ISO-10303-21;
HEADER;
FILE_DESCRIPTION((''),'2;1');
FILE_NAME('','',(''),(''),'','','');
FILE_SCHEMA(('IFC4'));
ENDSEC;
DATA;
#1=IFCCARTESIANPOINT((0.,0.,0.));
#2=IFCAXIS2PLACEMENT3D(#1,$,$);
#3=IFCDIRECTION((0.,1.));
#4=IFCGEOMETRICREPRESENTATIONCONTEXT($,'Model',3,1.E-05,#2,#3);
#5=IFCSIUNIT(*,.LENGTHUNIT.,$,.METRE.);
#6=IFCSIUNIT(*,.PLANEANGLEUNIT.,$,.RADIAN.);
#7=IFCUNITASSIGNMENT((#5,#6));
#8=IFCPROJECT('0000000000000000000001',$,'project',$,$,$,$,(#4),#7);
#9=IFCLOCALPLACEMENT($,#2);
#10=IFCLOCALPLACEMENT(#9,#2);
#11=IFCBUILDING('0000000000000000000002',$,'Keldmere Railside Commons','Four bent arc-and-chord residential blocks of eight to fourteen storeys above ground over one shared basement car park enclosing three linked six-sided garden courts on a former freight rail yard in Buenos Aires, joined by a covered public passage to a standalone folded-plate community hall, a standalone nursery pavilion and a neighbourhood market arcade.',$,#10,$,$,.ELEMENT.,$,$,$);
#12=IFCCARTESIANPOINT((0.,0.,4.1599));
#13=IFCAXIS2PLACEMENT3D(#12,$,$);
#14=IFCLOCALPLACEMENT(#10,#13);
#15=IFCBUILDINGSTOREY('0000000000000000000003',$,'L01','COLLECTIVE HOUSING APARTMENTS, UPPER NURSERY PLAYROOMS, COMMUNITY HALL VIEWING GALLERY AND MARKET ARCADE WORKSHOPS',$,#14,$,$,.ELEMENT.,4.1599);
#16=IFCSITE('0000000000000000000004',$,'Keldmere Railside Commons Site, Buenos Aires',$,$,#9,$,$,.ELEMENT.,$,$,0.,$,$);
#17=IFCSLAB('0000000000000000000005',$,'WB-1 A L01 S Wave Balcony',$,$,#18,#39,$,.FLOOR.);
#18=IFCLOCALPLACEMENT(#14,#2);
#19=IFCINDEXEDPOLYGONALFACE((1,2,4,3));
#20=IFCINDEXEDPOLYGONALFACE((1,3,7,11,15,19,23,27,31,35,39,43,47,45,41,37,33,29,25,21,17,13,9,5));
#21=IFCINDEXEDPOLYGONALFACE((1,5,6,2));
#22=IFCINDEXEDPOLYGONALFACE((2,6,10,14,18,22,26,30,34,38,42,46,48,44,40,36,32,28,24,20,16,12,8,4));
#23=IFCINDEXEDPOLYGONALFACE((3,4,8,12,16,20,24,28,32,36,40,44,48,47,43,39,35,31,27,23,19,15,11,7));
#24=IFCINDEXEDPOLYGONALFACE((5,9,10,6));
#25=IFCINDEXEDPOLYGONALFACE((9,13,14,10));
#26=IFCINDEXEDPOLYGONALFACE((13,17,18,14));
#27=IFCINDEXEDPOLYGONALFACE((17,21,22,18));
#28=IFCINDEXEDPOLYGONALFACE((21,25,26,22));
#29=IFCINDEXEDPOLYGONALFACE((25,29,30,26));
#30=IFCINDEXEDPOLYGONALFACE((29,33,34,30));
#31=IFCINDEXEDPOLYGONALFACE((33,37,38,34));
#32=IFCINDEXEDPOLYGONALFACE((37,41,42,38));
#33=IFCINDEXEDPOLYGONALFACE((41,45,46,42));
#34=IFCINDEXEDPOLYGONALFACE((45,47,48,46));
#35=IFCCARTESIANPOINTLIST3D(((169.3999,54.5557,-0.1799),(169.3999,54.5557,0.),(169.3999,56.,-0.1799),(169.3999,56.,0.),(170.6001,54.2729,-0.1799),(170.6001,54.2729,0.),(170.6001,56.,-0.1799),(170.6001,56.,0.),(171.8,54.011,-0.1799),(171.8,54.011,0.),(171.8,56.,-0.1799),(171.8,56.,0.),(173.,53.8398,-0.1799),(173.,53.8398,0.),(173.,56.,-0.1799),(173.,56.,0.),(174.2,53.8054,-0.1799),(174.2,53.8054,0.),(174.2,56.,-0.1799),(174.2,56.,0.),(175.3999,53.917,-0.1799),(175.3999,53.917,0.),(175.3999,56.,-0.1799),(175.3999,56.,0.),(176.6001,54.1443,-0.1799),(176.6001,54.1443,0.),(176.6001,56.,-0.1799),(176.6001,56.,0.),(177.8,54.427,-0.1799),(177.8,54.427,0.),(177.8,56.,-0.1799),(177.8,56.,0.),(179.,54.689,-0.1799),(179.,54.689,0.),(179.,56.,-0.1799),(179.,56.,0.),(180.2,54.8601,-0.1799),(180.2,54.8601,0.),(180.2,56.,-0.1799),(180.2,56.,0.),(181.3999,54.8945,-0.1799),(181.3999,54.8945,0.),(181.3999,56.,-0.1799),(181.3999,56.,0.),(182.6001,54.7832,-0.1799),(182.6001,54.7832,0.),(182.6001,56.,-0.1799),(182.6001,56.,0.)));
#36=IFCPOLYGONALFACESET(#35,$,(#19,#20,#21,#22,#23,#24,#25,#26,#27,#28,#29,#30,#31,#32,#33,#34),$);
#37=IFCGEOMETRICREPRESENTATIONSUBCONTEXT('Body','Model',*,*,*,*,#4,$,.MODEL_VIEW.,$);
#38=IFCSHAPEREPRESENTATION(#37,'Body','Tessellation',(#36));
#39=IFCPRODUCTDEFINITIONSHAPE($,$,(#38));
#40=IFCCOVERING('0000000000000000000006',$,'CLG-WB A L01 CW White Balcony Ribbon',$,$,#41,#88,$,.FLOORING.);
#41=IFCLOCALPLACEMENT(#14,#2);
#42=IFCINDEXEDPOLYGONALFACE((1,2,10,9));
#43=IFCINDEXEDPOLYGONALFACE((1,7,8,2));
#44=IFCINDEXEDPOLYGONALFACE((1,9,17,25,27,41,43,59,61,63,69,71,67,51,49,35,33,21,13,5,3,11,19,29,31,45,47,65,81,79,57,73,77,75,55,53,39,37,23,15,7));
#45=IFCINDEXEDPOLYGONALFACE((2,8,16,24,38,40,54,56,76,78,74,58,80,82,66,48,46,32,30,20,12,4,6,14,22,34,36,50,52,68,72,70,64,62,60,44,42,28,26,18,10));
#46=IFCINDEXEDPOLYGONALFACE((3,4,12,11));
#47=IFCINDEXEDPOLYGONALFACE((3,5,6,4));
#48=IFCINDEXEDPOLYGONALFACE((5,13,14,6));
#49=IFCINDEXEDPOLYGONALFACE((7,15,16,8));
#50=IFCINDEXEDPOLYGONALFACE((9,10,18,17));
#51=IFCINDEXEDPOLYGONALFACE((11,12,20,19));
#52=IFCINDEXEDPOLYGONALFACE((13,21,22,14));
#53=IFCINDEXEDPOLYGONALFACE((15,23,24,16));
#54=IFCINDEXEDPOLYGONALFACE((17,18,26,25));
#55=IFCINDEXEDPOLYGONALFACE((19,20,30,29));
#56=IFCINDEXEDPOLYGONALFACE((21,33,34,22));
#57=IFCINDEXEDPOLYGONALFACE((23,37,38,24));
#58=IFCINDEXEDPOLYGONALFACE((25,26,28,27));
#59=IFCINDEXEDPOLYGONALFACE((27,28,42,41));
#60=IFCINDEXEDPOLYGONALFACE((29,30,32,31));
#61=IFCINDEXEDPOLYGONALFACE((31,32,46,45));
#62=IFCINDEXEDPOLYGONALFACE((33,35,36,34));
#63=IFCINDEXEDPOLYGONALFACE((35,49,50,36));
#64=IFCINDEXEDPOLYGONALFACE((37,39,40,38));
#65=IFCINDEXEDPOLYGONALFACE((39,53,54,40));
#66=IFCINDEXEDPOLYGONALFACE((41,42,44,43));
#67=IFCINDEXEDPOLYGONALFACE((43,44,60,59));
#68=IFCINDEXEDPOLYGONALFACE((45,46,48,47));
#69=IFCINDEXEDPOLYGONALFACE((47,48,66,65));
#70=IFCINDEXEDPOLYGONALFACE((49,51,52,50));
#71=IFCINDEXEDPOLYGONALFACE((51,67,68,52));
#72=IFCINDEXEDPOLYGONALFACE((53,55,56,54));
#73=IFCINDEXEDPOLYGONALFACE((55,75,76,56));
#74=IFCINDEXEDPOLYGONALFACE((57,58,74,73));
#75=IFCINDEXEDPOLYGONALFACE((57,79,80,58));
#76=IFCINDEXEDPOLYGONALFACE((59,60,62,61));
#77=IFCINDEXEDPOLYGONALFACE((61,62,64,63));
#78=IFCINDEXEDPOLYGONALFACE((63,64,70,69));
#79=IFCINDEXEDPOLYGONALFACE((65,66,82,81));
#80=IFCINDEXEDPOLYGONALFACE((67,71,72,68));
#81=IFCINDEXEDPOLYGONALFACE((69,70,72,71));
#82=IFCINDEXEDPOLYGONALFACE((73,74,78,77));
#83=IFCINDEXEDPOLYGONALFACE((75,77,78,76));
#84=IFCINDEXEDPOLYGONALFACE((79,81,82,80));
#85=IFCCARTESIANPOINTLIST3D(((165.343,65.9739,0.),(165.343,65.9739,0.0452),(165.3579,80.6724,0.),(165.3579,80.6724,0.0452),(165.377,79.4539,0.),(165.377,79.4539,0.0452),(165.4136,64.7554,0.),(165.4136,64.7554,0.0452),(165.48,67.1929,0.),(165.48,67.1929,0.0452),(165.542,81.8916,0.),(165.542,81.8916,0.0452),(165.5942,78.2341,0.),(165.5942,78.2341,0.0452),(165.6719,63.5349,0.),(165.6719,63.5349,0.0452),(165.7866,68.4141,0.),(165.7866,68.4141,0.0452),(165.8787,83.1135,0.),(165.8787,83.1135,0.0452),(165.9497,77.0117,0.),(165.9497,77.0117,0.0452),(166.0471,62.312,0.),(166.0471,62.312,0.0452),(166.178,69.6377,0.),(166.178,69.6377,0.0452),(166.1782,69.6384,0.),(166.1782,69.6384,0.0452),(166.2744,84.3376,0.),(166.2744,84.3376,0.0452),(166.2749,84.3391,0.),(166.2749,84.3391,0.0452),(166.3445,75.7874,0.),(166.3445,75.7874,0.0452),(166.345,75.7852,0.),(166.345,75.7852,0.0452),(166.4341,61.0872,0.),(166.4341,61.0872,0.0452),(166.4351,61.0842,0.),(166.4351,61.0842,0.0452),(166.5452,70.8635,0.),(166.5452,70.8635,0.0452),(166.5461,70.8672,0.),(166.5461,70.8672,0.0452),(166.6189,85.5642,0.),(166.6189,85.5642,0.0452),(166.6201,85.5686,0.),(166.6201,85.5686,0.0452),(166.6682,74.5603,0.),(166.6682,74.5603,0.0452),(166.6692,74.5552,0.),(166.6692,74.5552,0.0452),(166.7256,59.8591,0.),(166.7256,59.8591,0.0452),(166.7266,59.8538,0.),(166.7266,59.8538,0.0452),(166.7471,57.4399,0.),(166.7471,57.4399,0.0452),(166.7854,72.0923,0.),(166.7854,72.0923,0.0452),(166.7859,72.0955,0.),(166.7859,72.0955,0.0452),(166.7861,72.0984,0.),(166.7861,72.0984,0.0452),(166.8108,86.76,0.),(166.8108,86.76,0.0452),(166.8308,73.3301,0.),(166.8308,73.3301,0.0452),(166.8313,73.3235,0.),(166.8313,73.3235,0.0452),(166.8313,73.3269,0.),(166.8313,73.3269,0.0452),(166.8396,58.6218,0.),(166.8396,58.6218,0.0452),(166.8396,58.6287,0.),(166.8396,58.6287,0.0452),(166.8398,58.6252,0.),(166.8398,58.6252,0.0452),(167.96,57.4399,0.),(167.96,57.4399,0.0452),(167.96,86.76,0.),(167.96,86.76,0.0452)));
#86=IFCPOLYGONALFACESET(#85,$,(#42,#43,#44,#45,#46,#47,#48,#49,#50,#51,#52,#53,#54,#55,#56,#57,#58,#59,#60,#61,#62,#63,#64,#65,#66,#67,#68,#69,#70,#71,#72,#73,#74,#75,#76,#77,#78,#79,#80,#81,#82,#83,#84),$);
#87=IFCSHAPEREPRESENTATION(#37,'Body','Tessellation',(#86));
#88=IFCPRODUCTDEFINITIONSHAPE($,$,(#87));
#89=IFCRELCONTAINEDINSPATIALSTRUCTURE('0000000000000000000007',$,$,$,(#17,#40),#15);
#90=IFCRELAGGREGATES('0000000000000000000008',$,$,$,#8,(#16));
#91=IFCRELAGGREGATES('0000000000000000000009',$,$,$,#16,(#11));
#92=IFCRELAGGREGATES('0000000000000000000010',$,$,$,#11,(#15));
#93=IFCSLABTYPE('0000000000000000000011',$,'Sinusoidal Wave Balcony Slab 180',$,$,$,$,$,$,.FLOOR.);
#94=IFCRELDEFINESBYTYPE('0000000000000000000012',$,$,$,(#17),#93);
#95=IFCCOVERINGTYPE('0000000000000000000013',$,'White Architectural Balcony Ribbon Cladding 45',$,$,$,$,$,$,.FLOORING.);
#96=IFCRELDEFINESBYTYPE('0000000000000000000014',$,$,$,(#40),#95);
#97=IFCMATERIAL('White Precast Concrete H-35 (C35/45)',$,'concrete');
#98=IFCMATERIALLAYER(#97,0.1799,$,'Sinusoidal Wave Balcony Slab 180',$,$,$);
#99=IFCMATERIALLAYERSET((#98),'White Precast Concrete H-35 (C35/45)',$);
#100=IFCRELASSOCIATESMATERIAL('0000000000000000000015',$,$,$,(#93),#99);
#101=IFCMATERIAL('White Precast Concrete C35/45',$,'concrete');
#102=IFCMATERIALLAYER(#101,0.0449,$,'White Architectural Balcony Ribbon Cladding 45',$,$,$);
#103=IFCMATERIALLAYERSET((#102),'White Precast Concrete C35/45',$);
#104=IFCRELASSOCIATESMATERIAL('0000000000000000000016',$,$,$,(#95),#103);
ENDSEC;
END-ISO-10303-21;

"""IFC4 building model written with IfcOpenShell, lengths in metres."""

from ifc_helpers import new_model, si_unit, direction, frame, origin, place, context, subcontext, project, spatial, polyline, outline, extrude, material, layer, layer_set, type_object, element, save


model = new_model("IFC4")

# Units and contexts
model_context = context("Model", 3, precision=1e-05, world=origin(), true_north=direction((0.0, 1.0)))
body_context = subcontext(model_context, "Body", "Model", "MODEL_VIEW")
ifc_project = project(units=[si_unit("LENGTHUNIT", "METRE"), si_unit("PLANEANGLEUNIT", "RADIAN")], contexts=[model_context])

# Site, building, storey
site_placement = place(None, origin())
site = spatial("IfcSite", under=ifc_project, at=site_placement, Name="Keldmere Railside Commons Site, Buenos Aires", CompositionType="ELEMENT", RefElevation=0.0)
building_placement = place(site_placement, origin())
building = spatial("IfcBuilding", under=site, at=building_placement, Name="Keldmere Railside Commons", Description="Four bent arc-and-chord residential blocks of eight to fourteen storeys above ground over one shared basement car park enclosing three linked six-sided garden courts on a former freight rail yard in Buenos Aires, joined by a covered public passage to a standalone folded-plate community hall, a standalone nursery pavilion and a neighbourhood market arcade.", CompositionType="ELEMENT")
storey_placement = place(building_placement, frame((0.0, 0.0, 4.1599)))
storey = spatial("IfcBuildingStorey", under=building, at=storey_placement, Name="L01", Description="COLLECTIVE HOUSING APARTMENTS, UPPER NURSERY PLAYROOMS, COMMUNITY HALL VIEWING GALLERY AND MARKET ARCADE WORKSHOPS", CompositionType="ELEMENT", Elevation=4.1599)

# Slab
ifc_material_1 = material(Name="White Precast Concrete H-35 (C35/45)", Category="concrete")
ifc_layer_1 = layer(ifc_material_1, 0.1799, Name="Sinusoidal Wave Balcony Slab 180")
ifc_layer_set_1 = layer_set([ifc_layer_1], Name="White Precast Concrete H-35 (C35/45)")
slab_type_1 = type_object("IfcSlabType", Name="Sinusoidal Wave Balcony Slab 180", PredefinedType="FLOOR", material=ifc_layer_set_1)
slab_1_placement = place(storey_placement, frame((0.0, 0.0, -0.1799)))
element("IfcSlab", 1, at=slab_1_placement, inside=storey, type_object=slab_type_1, Name="WB-1 A L01 S Wave Balcony", PredefinedType="FLOOR", context=body_context, shape_type="SweptSolid", body=[
    extrude(outline(polyline([(169.3999, 54.5557), (170.6001, 54.2729), (171.8, 54.011), (173.0, 53.8398), (174.2, 53.8054), (175.3999, 53.917), (176.6001, 54.1443), (177.8, 54.427), (179.0, 54.689), (180.2, 54.8601), (181.3999, 54.8945), (182.6001, 54.7832), (182.6001, 56.0), (181.3999, 56.0), (180.2, 56.0), (179.0, 56.0), (177.8, 56.0), (176.6001, 56.0), (175.3999, 56.0), (174.2, 56.0), (173.0, 56.0), (171.8, 56.0), (170.6001, 56.0), (169.3999, 56.0), (169.3999, 54.5557)])), origin(), (0.0, 0.0, 1.0), 0.1799),
])

# Covering
ifc_material_2 = material(Name="White Precast Concrete C35/45", Category="concrete")
ifc_layer_2 = layer(ifc_material_2, 0.0449, Name="White Architectural Balcony Ribbon Cladding 45")
ifc_layer_set_2 = layer_set([ifc_layer_2], Name="White Precast Concrete C35/45")
covering_type = type_object("IfcCoveringType", Name="White Architectural Balcony Ribbon Cladding 45", PredefinedType="FLOORING", material=ifc_layer_set_2)
covering_1_placement = place(storey_placement, origin())
element("IfcCovering", 2, at=covering_1_placement, inside=storey, type_object=covering_type, Name="CLG-WB A L01 CW White Balcony Ribbon", PredefinedType="FLOORING", context=body_context, shape_type="SweptSolid", body=[
    extrude(outline(polyline([(167.96, 86.76), (166.8108, 86.76), (166.6201, 85.5686), (166.6189, 85.5642), (166.2749, 84.3391), (166.2744, 84.3376), (165.8787, 83.1135), (165.542, 81.8916), (165.3579, 80.6724), (165.377, 79.4539), (165.5942, 78.2341), (165.9497, 77.0117), (166.3445, 75.7874), (166.345, 75.7852), (166.6682, 74.5603), (166.6692, 74.5552), (166.8308, 73.3301), (166.8313, 73.3269), (166.8313, 73.3235), (166.7861, 72.0984), (166.7859, 72.0955), (166.7854, 72.0923), (166.5461, 70.8672), (166.5452, 70.8635), (166.1782, 69.6384), (166.178, 69.6377), (165.7866, 68.4141), (165.48, 67.1929), (165.343, 65.9739), (165.4136, 64.7554), (165.6719, 63.5349), (166.0471, 62.312), (166.4341, 61.0872), (166.4351, 61.0842), (166.7256, 59.8591), (166.7266, 59.8538), (166.8396, 58.6287), (166.8398, 58.6252), (166.8396, 58.6218), (166.7471, 57.4399), (167.96, 57.4399), (167.96, 86.76)])), origin(), (0.0, 0.0, 1.0), 0.0452),
])

save(model, "model.ifc")
